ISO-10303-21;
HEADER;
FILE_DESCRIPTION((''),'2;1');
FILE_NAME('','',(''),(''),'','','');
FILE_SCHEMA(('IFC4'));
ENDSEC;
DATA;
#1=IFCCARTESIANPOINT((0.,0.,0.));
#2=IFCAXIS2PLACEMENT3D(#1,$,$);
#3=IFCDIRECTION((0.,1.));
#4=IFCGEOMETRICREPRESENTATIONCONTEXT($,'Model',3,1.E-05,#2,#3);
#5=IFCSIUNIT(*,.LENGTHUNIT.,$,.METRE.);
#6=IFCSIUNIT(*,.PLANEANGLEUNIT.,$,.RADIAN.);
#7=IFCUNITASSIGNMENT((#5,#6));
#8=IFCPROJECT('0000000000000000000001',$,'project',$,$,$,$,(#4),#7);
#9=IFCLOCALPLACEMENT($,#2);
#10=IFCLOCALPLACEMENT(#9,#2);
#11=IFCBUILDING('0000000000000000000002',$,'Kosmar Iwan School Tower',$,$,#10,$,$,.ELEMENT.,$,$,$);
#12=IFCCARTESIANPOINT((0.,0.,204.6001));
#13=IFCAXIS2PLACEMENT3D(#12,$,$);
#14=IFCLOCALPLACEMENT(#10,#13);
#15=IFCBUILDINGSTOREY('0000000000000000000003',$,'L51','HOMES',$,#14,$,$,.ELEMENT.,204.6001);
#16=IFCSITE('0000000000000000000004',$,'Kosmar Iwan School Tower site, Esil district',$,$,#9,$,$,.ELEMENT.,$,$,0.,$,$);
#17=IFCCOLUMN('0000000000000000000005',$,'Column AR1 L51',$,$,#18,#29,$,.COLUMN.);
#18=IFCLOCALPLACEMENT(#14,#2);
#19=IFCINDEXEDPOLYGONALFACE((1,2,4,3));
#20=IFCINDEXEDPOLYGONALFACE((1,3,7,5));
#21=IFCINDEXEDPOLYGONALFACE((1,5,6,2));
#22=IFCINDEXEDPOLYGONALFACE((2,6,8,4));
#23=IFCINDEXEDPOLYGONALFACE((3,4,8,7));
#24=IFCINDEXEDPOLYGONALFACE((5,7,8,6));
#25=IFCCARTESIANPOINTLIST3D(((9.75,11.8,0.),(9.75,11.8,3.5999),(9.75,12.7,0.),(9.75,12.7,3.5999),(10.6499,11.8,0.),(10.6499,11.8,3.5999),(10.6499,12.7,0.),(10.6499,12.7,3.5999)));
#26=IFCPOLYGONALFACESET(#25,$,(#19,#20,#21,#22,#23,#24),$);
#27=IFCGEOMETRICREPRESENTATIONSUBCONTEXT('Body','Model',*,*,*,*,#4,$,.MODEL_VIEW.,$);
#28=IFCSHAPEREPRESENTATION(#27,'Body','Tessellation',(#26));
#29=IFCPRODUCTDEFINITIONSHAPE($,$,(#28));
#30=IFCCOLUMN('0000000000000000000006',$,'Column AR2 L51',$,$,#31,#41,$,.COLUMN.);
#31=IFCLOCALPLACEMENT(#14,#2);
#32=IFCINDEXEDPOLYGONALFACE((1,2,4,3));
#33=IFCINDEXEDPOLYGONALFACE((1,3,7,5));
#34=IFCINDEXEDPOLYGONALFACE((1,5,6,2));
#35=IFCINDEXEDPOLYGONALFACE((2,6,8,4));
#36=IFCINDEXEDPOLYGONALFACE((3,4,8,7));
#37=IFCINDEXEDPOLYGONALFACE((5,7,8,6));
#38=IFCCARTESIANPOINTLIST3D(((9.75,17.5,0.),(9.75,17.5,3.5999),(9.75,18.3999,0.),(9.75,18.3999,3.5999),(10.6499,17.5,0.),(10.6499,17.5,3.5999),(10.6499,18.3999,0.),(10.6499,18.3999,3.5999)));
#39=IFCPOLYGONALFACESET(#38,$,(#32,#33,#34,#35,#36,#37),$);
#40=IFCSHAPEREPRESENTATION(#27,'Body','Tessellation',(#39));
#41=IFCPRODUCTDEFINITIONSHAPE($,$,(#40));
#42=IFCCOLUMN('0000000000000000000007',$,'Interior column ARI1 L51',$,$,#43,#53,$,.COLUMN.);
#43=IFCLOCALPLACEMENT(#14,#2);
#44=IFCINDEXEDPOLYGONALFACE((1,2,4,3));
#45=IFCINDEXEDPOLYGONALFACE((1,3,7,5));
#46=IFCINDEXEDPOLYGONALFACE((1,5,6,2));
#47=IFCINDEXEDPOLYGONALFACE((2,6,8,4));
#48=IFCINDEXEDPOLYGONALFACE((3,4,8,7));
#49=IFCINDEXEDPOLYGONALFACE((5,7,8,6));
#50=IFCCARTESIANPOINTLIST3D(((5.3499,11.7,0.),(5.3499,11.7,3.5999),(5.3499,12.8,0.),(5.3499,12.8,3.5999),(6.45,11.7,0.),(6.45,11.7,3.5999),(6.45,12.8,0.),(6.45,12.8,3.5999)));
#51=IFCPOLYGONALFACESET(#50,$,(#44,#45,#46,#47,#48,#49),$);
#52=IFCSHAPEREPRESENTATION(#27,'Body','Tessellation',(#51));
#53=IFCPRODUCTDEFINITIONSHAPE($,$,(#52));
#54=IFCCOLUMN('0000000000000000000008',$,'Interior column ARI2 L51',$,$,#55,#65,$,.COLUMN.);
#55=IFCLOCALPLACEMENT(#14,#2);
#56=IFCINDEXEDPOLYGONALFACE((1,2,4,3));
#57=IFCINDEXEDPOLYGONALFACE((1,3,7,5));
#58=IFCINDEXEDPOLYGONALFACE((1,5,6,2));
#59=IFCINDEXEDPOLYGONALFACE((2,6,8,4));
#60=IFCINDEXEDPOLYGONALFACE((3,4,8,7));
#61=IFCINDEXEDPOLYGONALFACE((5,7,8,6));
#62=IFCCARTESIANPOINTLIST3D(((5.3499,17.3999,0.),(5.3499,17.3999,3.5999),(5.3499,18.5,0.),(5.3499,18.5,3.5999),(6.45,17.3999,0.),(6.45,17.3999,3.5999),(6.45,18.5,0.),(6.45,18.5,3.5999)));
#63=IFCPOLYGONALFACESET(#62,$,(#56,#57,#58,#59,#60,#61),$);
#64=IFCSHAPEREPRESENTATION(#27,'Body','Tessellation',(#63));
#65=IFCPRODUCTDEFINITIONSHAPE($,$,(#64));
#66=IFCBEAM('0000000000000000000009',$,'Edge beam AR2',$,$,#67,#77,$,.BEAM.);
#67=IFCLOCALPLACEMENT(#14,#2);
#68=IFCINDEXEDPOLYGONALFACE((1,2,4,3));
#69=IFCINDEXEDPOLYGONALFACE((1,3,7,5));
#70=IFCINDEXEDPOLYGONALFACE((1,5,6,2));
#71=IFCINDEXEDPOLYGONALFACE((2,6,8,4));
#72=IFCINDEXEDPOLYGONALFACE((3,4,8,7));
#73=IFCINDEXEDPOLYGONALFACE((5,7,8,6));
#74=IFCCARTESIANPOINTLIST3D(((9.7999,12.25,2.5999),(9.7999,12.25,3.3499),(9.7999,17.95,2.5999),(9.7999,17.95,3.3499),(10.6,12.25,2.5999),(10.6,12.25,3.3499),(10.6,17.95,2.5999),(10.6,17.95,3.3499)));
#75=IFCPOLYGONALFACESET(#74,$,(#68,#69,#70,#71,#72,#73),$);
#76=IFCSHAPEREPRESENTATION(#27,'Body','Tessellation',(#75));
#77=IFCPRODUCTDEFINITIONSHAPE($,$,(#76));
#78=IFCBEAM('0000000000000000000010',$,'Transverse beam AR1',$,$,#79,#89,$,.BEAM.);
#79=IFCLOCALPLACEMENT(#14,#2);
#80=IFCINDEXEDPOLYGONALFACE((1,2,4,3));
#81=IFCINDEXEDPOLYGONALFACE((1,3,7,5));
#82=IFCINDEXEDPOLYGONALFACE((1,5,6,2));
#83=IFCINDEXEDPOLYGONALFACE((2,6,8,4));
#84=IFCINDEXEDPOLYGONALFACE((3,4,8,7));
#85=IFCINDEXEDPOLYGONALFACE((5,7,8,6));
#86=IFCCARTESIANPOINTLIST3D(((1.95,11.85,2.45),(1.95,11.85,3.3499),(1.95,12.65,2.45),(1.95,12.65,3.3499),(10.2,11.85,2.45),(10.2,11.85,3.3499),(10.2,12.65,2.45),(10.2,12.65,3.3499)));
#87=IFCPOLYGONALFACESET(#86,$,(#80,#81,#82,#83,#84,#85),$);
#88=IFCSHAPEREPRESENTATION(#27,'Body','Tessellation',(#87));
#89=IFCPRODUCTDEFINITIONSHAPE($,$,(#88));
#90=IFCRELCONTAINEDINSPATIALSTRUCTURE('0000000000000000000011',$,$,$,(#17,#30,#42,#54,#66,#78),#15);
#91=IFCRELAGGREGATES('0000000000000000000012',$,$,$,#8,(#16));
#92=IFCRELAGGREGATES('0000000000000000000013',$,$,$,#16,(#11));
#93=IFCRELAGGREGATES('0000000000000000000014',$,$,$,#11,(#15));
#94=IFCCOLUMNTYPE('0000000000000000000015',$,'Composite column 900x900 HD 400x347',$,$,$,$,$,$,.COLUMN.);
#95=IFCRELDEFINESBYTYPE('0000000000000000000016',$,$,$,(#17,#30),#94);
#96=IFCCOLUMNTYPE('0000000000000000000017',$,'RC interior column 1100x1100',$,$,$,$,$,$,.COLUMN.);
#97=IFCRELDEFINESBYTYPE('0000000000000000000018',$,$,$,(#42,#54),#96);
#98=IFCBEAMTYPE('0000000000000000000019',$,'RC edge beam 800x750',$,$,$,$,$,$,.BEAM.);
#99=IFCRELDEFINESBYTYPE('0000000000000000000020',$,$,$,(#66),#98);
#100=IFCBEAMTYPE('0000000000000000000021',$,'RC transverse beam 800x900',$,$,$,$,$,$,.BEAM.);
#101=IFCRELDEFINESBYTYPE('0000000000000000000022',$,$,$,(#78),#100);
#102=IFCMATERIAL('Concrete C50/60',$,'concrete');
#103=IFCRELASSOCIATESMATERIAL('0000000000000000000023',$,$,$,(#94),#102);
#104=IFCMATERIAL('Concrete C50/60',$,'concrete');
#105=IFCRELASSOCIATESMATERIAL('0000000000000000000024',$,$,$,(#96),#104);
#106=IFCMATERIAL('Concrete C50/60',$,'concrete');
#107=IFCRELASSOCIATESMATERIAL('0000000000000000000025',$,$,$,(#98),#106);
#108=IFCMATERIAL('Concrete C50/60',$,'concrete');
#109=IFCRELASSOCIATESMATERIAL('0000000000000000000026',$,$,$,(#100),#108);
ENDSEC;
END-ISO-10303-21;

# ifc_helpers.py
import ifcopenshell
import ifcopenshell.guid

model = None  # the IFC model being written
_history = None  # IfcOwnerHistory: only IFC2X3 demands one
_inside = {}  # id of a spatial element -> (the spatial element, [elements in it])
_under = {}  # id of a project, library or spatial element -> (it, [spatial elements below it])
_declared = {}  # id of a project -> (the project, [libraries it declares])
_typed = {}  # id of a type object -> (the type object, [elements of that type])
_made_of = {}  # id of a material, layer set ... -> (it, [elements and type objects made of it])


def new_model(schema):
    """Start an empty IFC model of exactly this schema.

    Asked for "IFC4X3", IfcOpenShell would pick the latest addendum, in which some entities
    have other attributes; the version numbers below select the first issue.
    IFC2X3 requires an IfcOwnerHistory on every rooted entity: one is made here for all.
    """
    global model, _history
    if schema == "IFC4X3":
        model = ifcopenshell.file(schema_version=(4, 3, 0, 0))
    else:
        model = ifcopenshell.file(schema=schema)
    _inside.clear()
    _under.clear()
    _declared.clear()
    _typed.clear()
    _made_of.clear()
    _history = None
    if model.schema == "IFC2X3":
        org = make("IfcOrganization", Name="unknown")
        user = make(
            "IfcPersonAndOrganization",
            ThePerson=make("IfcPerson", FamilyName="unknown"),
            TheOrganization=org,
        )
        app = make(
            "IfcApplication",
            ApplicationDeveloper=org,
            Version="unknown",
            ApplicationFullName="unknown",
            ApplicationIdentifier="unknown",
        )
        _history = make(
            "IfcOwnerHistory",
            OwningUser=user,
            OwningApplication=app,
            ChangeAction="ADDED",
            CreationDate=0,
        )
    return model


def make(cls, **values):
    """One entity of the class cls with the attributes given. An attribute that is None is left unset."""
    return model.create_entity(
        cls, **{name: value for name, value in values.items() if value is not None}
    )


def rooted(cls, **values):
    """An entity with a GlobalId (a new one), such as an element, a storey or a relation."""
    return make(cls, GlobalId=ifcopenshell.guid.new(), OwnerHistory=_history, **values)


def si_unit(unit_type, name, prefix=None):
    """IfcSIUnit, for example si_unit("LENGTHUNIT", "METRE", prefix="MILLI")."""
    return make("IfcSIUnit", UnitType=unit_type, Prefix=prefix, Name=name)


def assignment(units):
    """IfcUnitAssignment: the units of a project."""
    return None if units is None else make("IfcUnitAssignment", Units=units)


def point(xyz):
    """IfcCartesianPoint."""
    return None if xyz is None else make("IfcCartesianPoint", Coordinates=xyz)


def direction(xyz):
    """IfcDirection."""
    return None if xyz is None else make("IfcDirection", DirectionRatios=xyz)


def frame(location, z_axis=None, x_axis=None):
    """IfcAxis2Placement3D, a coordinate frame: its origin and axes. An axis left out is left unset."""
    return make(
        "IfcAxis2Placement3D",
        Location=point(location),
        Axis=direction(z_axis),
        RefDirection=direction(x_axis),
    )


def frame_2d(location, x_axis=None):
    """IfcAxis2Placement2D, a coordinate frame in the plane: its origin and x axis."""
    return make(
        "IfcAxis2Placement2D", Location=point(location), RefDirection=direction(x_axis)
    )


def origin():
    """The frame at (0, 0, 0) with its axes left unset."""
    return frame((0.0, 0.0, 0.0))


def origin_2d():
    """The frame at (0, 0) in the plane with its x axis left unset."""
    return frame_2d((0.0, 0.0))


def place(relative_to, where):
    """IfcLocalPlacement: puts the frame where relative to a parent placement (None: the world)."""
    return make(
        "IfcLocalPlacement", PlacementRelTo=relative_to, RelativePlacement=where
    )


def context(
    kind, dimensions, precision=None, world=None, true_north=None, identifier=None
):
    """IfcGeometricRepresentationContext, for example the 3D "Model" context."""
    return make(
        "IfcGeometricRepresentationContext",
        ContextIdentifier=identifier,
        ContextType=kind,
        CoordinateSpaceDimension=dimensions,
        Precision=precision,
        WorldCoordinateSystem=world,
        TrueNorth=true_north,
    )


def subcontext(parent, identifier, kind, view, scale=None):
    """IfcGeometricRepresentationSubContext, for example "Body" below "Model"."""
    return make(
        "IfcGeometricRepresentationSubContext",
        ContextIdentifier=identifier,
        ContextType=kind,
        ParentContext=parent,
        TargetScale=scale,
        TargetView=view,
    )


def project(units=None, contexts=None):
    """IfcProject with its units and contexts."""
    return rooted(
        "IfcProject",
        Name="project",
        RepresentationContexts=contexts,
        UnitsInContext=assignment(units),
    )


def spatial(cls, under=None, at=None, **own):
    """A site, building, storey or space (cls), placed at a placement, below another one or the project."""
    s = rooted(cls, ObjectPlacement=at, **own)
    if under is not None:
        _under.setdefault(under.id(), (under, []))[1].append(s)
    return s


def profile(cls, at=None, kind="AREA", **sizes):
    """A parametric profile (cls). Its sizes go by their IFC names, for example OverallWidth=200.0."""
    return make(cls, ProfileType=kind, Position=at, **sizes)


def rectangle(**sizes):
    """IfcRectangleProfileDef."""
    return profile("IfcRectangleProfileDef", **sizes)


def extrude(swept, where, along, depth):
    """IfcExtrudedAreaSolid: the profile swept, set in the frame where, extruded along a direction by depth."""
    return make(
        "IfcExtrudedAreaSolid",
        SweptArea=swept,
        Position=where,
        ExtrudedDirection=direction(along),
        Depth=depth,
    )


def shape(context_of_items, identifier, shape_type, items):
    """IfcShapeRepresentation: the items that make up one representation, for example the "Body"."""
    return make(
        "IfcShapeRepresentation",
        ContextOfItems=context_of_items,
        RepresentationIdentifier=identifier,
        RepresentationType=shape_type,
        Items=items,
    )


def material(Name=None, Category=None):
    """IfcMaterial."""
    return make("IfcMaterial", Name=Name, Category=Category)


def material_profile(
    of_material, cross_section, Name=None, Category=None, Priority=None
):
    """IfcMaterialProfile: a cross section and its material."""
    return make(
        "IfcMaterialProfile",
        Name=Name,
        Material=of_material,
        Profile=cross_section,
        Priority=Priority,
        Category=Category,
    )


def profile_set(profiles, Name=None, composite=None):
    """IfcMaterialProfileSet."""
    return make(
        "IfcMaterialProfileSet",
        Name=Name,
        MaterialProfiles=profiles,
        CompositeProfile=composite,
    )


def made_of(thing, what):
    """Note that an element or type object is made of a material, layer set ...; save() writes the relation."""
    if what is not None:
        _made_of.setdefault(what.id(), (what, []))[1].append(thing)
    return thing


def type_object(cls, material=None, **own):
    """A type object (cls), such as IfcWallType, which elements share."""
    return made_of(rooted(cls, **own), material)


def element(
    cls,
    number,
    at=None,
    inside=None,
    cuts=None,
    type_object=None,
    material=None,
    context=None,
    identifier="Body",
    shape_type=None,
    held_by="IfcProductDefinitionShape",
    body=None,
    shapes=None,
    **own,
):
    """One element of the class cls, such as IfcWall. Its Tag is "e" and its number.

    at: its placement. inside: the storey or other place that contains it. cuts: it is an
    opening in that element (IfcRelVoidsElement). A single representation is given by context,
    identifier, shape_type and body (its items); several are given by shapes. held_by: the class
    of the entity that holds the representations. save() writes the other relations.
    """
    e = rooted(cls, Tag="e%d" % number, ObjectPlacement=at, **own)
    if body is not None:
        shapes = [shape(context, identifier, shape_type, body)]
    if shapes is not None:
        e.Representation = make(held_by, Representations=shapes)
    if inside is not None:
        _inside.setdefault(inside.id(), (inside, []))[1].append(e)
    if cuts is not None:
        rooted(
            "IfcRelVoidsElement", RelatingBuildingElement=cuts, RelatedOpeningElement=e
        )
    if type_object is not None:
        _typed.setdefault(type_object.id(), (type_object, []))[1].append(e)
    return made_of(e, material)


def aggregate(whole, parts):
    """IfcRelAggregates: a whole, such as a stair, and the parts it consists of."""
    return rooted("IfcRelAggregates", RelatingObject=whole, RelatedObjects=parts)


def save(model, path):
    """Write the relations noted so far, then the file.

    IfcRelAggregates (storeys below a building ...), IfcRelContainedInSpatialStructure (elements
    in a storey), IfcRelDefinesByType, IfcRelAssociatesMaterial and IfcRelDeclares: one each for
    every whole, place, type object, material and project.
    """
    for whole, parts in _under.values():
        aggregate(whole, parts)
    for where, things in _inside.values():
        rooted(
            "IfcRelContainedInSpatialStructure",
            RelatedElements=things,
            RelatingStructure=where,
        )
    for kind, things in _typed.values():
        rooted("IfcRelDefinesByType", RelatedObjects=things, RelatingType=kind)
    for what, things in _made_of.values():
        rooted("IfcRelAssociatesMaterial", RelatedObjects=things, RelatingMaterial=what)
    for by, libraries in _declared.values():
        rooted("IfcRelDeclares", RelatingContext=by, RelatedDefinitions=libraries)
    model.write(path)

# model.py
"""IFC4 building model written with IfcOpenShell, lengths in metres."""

from ifc_helpers import new_model, si_unit, direction, frame, origin, origin_2d, place, context, subcontext, project, spatial, rectangle, extrude, material, material_profile, profile_set, type_object, element, save


model = new_model("IFC4")

# Units and contexts
model_context = context("Model", 3, precision=1e-05, world=origin(), true_north=direction((0.0, 1.0)))
body_context = subcontext(model_context, "Body", "Model", "MODEL_VIEW")
ifc_project = project(units=[si_unit("LENGTHUNIT", "METRE"), si_unit("PLANEANGLEUNIT", "RADIAN")], contexts=[model_context])

# Site, building, storey
site_placement = place(None, origin())
site = spatial("IfcSite", under=ifc_project, at=site_placement, Name="Kosmar Iwan School Tower site, Esil district", CompositionType="ELEMENT", RefElevation=0.0)
building_placement = place(site_placement, origin())
building = spatial("IfcBuilding", under=site, at=building_placement, Name="Kosmar Iwan School Tower", CompositionType="ELEMENT")
storey_placement = place(building_placement, frame((0.0, 0.0, 204.6001)))
storey = spatial("IfcBuildingStorey", under=building, at=storey_placement, Name="L51", Description="HOMES", CompositionType="ELEMENT", Elevation=204.6001)

# Columns
ifc_material_1 = material(Name="Concrete C50/60", Category="concrete")
ifc_material_profile_1 = material_profile(ifc_material_1, rectangle(XDim=0.8999, YDim=0.8999, at=origin_2d()), Name="RC 900x900 + HD 400x347")
ifc_profile_set_1 = profile_set([ifc_material_profile_1], Name="Concrete C50/60")
column_type_1 = type_object("IfcColumnType", Name="Composite column 900x900 HD 400x347", PredefinedType="COLUMN", material=ifc_profile_set_1)
for number, where, z_axis, x_axis, name in (
    (1, (10.2, 12.25, 0.0), (0.0, 0.0, 1.0), (0.0, 1.0, 0.0), "Column AR1 L51"),
    (2, (10.2, 17.95, 0.0), (0.0, 0.0, 1.0), (0.0, 1.0, 0.0), "Column AR2 L51"),
):
    element("IfcColumn", number, at=place(storey_placement, frame(where, z_axis=z_axis, x_axis=x_axis)), inside=storey, type_object=column_type_1, Name=name, PredefinedType="COLUMN", context=body_context, shape_type="SweptSolid", body=[
        extrude(rectangle(XDim=0.8999, YDim=0.8999, at=origin_2d()), origin(), (0.0, 0.0, 1.0), 3.5999),
    ])
ifc_material_2 = material(Name="Concrete C50/60", Category="concrete")
ifc_material_profile_2 = material_profile(ifc_material_2, rectangle(XDim=1.1001, YDim=1.1001, at=origin_2d()), Name="RC 1100x1100")
ifc_profile_set_2 = profile_set([ifc_material_profile_2], Name="Concrete C50/60")
column_type_2 = type_object("IfcColumnType", Name="RC interior column 1100x1100", PredefinedType="COLUMN", material=ifc_profile_set_2)
for number, where, z_axis, x_axis, name in (
    (3, (5.8999, 12.25, 0.0), (0.0, 0.0, 1.0), (0.0, 1.0, 0.0), "Interior column ARI1 L51"),
    (4, (5.8999, 17.95, 0.0), (0.0, 0.0, 1.0), (0.0, 1.0, 0.0), "Interior column ARI2 L51"),
):
    element("IfcColumn", number, at=place(storey_placement, frame(where, z_axis=z_axis, x_axis=x_axis)), inside=storey, type_object=column_type_2, Name=name, PredefinedType="COLUMN", context=body_context, shape_type="SweptSolid", body=[
        extrude(rectangle(XDim=1.1001, YDim=1.1001, at=origin_2d()), origin(), (0.0, 0.0, 1.0), 3.5999),
    ])

# Beams
ifc_material_3 = material(Name="Concrete C50/60", Category="concrete")
ifc_material_profile_3 = material_profile(ifc_material_3, rectangle(XDim=0.8, YDim=0.75, at=origin_2d()), Name="RC 800x750")
ifc_profile_set_3 = profile_set([ifc_material_profile_3], Name="Concrete C50/60")
beam_type_1 = type_object("IfcBeamType", Name="RC edge beam 800x750", PredefinedType="BEAM", material=ifc_profile_set_3)
beam_1_placement = place(storey_placement, frame((10.2, 12.25, 2.9749), z_axis=(0.0, 1.0, 0.0), x_axis=(-1.0, 0.0, 0.0)))
element("IfcBeam", 5, at=beam_1_placement, inside=storey, type_object=beam_type_1, Name="Edge beam AR2", PredefinedType="BEAM", context=body_context, shape_type="SweptSolid", body=[
    extrude(rectangle(XDim=0.8, YDim=0.75, at=origin_2d()), origin(), (0.0, 0.0, 1.0), 5.7),
])
ifc_material_4 = material(Name="Concrete C50/60", Category="concrete")
ifc_material_profile_4 = material_profile(ifc_material_4, rectangle(XDim=0.8, YDim=0.8999, at=origin_2d()), Name="RC 800x900")
ifc_profile_set_4 = profile_set([ifc_material_profile_4], Name="Concrete C50/60")
beam_type_2 = type_object("IfcBeamType", Name="RC transverse beam 800x900", PredefinedType="BEAM", material=ifc_profile_set_4)
beam_2_placement = place(storey_placement, frame((10.2, 12.25, 2.8999), z_axis=(-1.0, 0.0, 0.0), x_axis=(0.0, -1.0, 0.0)))
element("IfcBeam", 6, at=beam_2_placement, inside=storey, type_object=beam_type_2, Name="Transverse beam AR1", PredefinedType="BEAM", context=body_context, shape_type="SweptSolid", body=[
    extrude(rectangle(XDim=0.8, YDim=0.8999, at=origin_2d()), origin(), (0.0, 0.0, 1.0), 8.25),
])

save(model, "model.ifc")
